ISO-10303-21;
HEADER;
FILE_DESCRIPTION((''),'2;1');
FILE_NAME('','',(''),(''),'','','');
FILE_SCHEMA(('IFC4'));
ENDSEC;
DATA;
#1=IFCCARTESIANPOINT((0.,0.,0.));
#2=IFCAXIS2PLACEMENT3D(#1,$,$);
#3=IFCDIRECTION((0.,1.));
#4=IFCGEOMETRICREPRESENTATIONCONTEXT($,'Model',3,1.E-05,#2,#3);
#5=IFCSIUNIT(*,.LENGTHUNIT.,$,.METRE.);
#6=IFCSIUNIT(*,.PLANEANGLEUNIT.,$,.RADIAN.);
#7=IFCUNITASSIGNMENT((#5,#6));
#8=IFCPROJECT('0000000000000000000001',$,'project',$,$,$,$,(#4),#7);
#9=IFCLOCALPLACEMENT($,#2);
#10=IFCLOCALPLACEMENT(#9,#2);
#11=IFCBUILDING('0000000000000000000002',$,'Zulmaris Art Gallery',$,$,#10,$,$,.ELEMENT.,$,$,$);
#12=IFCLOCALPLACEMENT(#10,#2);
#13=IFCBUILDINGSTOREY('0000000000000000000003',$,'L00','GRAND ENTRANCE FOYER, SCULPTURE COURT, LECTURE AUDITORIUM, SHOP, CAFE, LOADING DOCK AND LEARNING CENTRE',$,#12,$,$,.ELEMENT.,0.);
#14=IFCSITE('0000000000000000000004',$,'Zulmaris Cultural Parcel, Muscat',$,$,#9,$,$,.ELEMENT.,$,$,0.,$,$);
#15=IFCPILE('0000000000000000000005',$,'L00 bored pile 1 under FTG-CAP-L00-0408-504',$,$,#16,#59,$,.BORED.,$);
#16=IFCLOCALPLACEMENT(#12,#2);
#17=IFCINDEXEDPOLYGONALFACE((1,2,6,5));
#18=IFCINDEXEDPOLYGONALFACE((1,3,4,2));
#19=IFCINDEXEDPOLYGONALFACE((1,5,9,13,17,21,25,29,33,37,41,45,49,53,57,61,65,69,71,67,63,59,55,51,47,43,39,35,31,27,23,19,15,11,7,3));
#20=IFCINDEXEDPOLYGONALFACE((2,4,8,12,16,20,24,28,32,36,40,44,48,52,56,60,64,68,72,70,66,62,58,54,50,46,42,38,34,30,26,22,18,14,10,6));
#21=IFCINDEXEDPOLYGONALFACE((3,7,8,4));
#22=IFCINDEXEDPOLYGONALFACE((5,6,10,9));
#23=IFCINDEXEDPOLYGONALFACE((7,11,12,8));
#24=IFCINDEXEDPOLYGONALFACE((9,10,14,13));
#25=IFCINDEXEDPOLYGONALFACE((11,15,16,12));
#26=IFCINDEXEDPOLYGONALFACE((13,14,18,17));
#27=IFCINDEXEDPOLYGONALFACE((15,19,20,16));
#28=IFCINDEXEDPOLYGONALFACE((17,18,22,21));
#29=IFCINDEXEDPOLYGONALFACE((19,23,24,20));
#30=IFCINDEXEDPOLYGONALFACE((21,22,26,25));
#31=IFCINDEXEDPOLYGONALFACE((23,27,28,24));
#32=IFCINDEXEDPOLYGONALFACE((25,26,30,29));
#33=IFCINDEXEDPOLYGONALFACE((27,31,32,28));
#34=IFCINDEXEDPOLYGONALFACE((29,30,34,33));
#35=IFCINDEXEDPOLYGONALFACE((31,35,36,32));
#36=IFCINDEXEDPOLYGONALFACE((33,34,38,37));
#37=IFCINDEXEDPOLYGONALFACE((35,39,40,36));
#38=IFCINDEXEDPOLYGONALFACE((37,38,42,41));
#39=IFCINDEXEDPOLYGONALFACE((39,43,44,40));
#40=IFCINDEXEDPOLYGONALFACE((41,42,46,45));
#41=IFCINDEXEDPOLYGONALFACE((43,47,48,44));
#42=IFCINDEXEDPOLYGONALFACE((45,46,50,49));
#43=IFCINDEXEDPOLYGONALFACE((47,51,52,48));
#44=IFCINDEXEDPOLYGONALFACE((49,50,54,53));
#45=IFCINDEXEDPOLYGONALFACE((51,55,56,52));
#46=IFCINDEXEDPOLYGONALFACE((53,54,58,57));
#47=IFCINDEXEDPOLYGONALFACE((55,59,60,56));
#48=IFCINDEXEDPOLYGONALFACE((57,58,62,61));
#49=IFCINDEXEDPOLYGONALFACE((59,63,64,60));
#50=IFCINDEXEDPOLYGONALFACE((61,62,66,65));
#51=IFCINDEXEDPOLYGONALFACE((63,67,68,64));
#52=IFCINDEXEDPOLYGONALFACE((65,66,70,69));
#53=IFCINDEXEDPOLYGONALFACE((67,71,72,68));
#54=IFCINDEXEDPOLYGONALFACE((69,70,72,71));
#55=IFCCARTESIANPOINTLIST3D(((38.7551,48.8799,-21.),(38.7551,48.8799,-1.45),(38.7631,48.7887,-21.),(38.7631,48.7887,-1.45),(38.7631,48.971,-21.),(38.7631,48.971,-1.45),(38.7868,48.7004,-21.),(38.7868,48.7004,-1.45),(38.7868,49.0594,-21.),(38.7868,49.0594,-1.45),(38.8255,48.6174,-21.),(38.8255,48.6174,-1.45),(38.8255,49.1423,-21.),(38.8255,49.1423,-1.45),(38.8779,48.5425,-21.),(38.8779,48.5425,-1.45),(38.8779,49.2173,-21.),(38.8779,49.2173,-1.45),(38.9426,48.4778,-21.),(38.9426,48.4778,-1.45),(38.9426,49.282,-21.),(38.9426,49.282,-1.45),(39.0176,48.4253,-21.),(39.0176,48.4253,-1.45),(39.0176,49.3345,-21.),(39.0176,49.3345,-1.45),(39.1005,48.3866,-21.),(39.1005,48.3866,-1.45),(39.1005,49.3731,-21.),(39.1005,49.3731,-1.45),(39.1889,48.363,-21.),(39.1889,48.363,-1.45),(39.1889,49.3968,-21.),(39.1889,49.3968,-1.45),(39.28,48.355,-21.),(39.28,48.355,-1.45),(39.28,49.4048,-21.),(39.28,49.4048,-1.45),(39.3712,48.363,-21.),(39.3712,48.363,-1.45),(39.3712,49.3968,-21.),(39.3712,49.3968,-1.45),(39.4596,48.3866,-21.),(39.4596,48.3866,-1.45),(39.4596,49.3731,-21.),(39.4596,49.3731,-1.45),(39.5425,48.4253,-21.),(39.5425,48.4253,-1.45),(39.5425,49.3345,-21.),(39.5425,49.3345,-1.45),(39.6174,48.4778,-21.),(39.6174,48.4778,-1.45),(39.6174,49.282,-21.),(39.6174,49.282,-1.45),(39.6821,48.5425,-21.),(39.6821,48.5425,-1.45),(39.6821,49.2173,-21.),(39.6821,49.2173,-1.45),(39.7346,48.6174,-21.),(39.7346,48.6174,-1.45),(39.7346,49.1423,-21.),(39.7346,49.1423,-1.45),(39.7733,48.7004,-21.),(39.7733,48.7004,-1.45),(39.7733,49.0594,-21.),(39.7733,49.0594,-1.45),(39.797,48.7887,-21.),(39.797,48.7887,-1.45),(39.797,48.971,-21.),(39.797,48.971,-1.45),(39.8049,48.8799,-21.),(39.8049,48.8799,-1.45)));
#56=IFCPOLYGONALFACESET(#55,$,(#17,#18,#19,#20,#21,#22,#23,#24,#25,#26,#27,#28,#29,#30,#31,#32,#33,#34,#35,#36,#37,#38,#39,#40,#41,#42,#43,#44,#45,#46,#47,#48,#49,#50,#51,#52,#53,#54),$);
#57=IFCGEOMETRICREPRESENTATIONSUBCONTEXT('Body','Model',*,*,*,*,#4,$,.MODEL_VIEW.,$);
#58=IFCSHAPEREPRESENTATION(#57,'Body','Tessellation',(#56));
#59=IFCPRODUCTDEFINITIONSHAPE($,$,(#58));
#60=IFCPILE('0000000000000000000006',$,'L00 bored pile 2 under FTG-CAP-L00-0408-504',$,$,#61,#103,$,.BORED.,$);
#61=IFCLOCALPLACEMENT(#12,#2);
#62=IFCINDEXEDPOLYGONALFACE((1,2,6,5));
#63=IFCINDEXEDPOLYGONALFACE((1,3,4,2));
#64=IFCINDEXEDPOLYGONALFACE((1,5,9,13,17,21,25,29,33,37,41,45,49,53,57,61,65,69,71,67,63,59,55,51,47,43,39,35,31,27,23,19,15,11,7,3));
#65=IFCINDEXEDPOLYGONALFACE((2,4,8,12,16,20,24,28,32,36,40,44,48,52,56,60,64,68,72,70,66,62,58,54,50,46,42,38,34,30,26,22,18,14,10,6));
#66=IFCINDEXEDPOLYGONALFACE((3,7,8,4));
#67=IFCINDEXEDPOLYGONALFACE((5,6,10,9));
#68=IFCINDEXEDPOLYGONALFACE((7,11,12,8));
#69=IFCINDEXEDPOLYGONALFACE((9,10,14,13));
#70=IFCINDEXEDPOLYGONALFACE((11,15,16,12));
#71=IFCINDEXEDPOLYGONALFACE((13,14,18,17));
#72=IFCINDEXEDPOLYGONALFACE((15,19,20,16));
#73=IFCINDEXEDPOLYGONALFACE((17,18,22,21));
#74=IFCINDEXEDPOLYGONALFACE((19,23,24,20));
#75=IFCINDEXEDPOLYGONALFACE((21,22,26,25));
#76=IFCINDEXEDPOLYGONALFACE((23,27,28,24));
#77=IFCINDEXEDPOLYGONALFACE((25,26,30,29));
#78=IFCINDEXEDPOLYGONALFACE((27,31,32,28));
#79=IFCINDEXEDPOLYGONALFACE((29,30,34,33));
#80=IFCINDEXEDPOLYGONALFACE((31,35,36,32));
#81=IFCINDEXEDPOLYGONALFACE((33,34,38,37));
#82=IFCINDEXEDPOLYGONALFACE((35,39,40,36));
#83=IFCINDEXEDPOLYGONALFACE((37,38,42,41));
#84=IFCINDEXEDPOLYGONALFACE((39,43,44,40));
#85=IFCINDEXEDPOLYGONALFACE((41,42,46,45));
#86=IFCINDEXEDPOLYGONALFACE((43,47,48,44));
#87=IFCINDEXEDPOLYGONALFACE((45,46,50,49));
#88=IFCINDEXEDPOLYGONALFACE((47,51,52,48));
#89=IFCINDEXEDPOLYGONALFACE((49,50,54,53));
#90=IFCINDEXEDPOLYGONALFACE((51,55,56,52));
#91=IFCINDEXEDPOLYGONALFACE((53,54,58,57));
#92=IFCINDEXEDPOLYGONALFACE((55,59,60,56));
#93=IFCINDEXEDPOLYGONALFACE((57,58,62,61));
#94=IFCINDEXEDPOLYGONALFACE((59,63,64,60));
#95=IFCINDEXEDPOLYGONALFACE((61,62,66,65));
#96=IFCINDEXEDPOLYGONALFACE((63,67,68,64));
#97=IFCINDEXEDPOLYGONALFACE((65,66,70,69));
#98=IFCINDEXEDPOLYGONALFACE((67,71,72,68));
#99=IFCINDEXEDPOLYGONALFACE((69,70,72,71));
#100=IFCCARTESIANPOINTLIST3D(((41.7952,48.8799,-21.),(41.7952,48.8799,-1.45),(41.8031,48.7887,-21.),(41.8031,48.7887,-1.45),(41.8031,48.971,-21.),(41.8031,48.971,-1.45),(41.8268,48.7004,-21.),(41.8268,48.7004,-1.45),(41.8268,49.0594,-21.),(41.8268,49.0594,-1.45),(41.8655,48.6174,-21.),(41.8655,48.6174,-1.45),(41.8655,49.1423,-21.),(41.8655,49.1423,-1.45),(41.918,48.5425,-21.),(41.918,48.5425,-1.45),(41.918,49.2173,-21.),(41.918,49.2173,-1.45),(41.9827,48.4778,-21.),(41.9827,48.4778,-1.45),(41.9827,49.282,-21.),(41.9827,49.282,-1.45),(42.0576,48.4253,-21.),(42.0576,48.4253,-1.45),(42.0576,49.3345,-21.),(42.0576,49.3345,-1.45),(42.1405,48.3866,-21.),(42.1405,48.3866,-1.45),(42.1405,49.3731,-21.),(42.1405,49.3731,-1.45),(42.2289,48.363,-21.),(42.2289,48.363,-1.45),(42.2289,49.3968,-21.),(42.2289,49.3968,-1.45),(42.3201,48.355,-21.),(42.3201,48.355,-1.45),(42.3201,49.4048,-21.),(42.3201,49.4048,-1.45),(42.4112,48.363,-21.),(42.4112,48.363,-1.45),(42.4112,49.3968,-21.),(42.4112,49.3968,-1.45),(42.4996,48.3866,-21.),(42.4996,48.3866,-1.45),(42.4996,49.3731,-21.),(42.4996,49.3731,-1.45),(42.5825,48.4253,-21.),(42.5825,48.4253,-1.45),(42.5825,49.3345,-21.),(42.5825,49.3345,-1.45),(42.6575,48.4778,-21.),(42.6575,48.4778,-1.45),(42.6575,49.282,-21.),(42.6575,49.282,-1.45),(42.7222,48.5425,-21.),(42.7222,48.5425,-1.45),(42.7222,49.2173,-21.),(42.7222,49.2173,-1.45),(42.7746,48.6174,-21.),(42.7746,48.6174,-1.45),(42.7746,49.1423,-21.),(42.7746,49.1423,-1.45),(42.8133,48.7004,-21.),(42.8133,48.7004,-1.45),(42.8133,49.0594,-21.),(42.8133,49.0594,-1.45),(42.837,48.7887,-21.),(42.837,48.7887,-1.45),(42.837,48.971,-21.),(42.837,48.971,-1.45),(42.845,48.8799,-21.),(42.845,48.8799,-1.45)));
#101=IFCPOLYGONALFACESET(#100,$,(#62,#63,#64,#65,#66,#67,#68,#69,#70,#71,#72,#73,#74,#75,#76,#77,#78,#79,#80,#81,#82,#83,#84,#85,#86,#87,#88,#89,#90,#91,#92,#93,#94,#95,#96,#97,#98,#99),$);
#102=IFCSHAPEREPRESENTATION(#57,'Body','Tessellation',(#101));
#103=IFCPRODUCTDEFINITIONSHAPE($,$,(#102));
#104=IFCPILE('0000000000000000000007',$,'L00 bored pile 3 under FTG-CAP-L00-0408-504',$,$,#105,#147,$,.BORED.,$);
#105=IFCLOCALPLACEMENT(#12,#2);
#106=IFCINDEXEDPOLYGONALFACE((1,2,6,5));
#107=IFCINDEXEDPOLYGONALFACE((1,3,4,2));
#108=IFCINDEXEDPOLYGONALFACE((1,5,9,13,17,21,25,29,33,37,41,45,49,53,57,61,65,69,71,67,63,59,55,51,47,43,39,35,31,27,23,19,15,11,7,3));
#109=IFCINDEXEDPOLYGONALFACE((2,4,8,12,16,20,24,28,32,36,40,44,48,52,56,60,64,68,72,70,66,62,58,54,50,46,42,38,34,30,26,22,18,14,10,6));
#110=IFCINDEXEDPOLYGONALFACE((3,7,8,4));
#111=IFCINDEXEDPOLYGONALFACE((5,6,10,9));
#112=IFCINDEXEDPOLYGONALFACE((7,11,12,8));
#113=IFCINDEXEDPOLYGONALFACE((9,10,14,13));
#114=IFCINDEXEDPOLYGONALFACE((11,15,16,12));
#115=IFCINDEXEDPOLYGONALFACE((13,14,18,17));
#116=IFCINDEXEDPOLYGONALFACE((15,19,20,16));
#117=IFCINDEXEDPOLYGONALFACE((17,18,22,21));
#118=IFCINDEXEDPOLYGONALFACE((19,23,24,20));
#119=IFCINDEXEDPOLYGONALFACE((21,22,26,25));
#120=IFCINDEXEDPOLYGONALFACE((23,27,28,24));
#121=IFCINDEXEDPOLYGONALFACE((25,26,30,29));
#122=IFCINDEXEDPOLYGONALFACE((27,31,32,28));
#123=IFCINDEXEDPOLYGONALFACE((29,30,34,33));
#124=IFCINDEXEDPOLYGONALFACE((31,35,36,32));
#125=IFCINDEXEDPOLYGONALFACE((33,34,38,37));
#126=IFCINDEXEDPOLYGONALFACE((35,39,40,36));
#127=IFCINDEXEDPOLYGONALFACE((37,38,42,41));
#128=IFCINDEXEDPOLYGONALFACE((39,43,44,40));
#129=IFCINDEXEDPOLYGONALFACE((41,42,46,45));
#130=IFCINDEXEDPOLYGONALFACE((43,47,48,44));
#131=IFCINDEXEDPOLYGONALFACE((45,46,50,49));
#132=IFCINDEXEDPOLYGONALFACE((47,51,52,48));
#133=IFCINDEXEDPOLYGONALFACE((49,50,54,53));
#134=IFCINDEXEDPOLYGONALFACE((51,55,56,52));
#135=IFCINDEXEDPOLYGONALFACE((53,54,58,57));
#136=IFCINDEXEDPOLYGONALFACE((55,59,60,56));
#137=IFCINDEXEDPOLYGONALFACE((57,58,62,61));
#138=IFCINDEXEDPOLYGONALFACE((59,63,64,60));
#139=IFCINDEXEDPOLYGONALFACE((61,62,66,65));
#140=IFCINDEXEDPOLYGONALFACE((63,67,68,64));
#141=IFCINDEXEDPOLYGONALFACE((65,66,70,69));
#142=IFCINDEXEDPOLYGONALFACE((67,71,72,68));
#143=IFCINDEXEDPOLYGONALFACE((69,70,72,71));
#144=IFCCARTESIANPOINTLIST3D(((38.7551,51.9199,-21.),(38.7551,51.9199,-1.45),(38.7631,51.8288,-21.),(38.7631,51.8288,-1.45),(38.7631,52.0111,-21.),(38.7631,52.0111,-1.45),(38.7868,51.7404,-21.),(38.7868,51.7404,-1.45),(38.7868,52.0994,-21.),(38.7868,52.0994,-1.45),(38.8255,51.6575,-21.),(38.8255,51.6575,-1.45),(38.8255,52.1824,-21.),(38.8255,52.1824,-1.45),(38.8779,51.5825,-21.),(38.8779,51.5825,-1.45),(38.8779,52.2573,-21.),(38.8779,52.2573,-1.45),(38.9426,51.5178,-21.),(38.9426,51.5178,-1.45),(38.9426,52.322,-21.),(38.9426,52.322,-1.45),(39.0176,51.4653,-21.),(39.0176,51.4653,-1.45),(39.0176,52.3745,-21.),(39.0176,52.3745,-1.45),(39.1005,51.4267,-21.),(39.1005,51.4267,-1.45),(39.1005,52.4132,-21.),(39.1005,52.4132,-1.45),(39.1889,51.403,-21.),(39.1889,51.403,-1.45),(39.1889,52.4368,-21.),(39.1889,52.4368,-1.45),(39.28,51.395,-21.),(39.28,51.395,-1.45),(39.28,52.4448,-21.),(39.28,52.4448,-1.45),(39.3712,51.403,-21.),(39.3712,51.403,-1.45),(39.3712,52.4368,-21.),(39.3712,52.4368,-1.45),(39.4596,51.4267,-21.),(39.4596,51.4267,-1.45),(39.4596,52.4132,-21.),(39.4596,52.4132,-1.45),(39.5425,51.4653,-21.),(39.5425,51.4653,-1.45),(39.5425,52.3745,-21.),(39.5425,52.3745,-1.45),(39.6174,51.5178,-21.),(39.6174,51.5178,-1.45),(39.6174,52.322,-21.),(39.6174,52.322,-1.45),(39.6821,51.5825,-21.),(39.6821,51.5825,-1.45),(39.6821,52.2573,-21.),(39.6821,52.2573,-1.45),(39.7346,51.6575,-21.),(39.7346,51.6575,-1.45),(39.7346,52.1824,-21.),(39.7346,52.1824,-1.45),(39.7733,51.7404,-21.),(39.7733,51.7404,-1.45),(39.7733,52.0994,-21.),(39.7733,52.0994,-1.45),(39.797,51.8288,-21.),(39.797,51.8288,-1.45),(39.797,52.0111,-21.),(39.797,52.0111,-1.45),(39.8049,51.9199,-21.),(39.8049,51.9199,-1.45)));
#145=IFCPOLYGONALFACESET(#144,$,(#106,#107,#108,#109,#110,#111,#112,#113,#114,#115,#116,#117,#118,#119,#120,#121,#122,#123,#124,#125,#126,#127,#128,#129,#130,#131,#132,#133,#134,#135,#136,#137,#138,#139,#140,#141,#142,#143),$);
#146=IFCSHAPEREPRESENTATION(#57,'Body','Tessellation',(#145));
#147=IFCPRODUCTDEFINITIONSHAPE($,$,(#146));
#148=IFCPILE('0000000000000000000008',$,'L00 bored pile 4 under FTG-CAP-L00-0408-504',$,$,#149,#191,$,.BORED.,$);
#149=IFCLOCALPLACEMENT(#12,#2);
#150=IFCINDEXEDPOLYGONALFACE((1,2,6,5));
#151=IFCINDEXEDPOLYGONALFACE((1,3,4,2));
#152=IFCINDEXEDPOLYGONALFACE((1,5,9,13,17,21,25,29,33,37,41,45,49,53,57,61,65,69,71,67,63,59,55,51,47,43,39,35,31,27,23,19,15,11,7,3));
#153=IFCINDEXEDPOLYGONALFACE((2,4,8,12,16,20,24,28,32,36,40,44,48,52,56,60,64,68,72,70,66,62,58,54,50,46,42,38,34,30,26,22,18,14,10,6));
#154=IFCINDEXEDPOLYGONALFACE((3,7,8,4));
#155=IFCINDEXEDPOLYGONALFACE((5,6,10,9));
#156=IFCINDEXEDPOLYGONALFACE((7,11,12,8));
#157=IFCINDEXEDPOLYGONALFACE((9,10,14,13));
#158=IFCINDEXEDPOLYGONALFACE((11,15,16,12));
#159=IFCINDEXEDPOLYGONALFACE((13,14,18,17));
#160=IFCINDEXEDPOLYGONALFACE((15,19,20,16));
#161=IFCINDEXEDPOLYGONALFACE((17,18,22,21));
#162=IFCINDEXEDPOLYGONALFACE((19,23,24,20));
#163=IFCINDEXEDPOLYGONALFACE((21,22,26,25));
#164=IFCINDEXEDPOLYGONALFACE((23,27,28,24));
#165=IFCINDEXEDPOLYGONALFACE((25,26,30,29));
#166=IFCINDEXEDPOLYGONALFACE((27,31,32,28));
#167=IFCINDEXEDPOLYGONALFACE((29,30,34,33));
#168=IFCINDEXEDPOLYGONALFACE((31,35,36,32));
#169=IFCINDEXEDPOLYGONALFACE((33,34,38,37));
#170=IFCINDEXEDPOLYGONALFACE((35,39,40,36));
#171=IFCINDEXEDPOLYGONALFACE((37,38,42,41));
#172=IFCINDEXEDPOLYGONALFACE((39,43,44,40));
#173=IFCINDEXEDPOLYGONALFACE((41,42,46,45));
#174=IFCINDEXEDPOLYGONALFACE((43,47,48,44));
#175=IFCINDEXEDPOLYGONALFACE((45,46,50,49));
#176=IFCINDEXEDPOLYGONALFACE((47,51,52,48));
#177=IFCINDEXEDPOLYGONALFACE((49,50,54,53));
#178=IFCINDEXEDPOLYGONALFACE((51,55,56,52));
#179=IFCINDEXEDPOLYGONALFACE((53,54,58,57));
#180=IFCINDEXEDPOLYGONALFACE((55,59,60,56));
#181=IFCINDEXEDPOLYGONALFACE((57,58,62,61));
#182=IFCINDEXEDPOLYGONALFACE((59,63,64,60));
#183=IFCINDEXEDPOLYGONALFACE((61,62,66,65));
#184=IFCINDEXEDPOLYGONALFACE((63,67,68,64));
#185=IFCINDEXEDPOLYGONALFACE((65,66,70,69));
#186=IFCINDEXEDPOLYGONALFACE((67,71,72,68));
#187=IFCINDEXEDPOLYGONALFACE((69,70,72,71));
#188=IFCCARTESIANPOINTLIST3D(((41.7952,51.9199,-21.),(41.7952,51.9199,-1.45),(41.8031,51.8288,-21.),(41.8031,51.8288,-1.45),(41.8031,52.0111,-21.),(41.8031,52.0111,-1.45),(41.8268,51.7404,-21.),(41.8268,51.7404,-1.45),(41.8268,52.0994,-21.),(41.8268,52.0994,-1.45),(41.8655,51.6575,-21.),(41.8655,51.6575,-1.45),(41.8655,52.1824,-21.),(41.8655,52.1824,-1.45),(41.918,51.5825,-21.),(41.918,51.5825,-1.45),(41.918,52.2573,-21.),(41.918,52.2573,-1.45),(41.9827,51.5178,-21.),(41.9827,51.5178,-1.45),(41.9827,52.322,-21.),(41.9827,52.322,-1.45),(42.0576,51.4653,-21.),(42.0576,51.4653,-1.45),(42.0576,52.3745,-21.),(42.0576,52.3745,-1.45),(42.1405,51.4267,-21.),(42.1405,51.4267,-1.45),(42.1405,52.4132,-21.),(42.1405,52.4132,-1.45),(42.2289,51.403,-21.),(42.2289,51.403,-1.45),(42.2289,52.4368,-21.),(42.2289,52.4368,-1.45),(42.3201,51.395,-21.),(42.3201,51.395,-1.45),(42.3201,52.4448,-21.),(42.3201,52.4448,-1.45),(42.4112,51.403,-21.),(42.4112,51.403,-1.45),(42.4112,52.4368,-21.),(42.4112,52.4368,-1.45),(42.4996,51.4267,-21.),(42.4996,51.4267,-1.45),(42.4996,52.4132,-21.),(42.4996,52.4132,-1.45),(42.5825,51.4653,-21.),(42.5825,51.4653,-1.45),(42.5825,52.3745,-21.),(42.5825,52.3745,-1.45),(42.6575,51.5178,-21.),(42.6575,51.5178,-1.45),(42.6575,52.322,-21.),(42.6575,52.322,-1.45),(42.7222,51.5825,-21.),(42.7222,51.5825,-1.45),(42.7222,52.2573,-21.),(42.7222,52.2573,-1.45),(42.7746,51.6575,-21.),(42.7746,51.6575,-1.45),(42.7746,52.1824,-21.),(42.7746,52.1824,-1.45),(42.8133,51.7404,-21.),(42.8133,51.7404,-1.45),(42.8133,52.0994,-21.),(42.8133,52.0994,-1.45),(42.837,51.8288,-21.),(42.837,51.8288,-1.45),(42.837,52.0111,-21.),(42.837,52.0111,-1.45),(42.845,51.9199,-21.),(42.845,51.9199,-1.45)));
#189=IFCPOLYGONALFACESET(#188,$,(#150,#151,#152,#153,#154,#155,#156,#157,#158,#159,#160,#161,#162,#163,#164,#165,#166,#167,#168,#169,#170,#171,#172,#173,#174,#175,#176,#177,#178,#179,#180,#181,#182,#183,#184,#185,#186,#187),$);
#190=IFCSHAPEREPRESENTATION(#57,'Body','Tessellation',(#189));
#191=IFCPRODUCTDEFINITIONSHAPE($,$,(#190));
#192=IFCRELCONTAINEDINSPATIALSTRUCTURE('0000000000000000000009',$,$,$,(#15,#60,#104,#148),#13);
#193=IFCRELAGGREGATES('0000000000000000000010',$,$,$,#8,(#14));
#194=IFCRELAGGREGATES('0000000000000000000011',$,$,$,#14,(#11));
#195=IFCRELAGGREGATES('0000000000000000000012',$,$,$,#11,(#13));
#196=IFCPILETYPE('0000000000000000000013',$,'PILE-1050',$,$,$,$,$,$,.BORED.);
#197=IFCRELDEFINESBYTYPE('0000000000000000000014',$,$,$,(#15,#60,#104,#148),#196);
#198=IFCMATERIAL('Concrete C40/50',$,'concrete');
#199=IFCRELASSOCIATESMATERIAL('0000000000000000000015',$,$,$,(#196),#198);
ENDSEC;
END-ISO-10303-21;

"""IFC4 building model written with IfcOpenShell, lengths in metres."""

from ifc_helpers import new_model, si_unit, direction, frame, origin, origin_2d, place, context, subcontext, project, spatial, circle, extrude, material, material_profile, profile_set, type_object, element, save


model = new_model("IFC4")

# Units and contexts
model_context = context("Model", 3, precision=1e-05, world=origin(), true_north=direction((0.0, 1.0)))
body_context = subcontext(model_context, "Body", "Model", "MODEL_VIEW")
ifc_project = project(units=[si_unit("LENGTHUNIT", "METRE"), si_unit("PLANEANGLEUNIT", "RADIAN")], contexts=[model_context])

# Site, building, storey
site_placement = place(None, origin())
site = spatial("IfcSite", under=ifc_project, at=site_placement, Name="Zulmaris Cultural Parcel, Muscat", CompositionType="ELEMENT", RefElevation=0.0)
building_placement = place(site_placement, origin())
building = spatial("IfcBuilding", under=site, at=building_placement, Name="Zulmaris Art Gallery", CompositionType="ELEMENT")
storey_placement = place(building_placement, origin())
storey = spatial("IfcBuildingStorey", under=building, at=storey_placement, Name="L00", Description="GRAND ENTRANCE FOYER, SCULPTURE COURT, LECTURE AUDITORIUM, SHOP, CAFE, LOADING DOCK AND LEARNING CENTRE", CompositionType="ELEMENT", Elevation=0.0)

# Piles
ifc_material_1 = material(Name="Concrete C40/50", Category="concrete")
ifc_material_profile_1 = material_profile(ifc_material_1, circle(Radius=0.5249, at=origin_2d()), Name="PILE DIA 1050")
ifc_profile_set_1 = profile_set([ifc_material_profile_1], Name="Concrete C40/50")
pile_type = type_object("IfcPileType", Name="PILE-1050", PredefinedType="BORED", material=ifc_profile_set_1)
for number, where, z_axis, x_axis, name in (
    (1, (39.28, 48.8799, -1.45), (0.0, 0.0, -1.0), (1.0, 0.0, 0.0), "L00 bored pile 1 under FTG-CAP-L00-0408-504"),
    (2, (42.3201, 48.8799, -1.45), (0.0, 0.0, -1.0), (1.0, 0.0, 0.0), "L00 bored pile 2 under FTG-CAP-L00-0408-504"),
    (3, (39.28, 51.9199, -1.45), (0.0, 0.0, -1.0), (1.0, 0.0, 0.0), "L00 bored pile 3 under FTG-CAP-L00-0408-504"),
    (4, (42.3201, 51.9199, -1.45), (0.0, 0.0, -1.0), (1.0, 0.0, 0.0), "L00 bored pile 4 under FTG-CAP-L00-0408-504"),
):
    element("IfcPile", number, at=place(storey_placement, frame(where, z_axis=z_axis, x_axis=x_axis)), inside=storey, type_object=pile_type, Name=name, PredefinedType="BORED", context=body_context, shape_type="SweptSolid", body=[
        extrude(circle(Radius=0.5249, at=origin_2d()), origin(), (0.0, 0.0, 1.0), 19.55),
    ])

save(model, "model.ifc")
